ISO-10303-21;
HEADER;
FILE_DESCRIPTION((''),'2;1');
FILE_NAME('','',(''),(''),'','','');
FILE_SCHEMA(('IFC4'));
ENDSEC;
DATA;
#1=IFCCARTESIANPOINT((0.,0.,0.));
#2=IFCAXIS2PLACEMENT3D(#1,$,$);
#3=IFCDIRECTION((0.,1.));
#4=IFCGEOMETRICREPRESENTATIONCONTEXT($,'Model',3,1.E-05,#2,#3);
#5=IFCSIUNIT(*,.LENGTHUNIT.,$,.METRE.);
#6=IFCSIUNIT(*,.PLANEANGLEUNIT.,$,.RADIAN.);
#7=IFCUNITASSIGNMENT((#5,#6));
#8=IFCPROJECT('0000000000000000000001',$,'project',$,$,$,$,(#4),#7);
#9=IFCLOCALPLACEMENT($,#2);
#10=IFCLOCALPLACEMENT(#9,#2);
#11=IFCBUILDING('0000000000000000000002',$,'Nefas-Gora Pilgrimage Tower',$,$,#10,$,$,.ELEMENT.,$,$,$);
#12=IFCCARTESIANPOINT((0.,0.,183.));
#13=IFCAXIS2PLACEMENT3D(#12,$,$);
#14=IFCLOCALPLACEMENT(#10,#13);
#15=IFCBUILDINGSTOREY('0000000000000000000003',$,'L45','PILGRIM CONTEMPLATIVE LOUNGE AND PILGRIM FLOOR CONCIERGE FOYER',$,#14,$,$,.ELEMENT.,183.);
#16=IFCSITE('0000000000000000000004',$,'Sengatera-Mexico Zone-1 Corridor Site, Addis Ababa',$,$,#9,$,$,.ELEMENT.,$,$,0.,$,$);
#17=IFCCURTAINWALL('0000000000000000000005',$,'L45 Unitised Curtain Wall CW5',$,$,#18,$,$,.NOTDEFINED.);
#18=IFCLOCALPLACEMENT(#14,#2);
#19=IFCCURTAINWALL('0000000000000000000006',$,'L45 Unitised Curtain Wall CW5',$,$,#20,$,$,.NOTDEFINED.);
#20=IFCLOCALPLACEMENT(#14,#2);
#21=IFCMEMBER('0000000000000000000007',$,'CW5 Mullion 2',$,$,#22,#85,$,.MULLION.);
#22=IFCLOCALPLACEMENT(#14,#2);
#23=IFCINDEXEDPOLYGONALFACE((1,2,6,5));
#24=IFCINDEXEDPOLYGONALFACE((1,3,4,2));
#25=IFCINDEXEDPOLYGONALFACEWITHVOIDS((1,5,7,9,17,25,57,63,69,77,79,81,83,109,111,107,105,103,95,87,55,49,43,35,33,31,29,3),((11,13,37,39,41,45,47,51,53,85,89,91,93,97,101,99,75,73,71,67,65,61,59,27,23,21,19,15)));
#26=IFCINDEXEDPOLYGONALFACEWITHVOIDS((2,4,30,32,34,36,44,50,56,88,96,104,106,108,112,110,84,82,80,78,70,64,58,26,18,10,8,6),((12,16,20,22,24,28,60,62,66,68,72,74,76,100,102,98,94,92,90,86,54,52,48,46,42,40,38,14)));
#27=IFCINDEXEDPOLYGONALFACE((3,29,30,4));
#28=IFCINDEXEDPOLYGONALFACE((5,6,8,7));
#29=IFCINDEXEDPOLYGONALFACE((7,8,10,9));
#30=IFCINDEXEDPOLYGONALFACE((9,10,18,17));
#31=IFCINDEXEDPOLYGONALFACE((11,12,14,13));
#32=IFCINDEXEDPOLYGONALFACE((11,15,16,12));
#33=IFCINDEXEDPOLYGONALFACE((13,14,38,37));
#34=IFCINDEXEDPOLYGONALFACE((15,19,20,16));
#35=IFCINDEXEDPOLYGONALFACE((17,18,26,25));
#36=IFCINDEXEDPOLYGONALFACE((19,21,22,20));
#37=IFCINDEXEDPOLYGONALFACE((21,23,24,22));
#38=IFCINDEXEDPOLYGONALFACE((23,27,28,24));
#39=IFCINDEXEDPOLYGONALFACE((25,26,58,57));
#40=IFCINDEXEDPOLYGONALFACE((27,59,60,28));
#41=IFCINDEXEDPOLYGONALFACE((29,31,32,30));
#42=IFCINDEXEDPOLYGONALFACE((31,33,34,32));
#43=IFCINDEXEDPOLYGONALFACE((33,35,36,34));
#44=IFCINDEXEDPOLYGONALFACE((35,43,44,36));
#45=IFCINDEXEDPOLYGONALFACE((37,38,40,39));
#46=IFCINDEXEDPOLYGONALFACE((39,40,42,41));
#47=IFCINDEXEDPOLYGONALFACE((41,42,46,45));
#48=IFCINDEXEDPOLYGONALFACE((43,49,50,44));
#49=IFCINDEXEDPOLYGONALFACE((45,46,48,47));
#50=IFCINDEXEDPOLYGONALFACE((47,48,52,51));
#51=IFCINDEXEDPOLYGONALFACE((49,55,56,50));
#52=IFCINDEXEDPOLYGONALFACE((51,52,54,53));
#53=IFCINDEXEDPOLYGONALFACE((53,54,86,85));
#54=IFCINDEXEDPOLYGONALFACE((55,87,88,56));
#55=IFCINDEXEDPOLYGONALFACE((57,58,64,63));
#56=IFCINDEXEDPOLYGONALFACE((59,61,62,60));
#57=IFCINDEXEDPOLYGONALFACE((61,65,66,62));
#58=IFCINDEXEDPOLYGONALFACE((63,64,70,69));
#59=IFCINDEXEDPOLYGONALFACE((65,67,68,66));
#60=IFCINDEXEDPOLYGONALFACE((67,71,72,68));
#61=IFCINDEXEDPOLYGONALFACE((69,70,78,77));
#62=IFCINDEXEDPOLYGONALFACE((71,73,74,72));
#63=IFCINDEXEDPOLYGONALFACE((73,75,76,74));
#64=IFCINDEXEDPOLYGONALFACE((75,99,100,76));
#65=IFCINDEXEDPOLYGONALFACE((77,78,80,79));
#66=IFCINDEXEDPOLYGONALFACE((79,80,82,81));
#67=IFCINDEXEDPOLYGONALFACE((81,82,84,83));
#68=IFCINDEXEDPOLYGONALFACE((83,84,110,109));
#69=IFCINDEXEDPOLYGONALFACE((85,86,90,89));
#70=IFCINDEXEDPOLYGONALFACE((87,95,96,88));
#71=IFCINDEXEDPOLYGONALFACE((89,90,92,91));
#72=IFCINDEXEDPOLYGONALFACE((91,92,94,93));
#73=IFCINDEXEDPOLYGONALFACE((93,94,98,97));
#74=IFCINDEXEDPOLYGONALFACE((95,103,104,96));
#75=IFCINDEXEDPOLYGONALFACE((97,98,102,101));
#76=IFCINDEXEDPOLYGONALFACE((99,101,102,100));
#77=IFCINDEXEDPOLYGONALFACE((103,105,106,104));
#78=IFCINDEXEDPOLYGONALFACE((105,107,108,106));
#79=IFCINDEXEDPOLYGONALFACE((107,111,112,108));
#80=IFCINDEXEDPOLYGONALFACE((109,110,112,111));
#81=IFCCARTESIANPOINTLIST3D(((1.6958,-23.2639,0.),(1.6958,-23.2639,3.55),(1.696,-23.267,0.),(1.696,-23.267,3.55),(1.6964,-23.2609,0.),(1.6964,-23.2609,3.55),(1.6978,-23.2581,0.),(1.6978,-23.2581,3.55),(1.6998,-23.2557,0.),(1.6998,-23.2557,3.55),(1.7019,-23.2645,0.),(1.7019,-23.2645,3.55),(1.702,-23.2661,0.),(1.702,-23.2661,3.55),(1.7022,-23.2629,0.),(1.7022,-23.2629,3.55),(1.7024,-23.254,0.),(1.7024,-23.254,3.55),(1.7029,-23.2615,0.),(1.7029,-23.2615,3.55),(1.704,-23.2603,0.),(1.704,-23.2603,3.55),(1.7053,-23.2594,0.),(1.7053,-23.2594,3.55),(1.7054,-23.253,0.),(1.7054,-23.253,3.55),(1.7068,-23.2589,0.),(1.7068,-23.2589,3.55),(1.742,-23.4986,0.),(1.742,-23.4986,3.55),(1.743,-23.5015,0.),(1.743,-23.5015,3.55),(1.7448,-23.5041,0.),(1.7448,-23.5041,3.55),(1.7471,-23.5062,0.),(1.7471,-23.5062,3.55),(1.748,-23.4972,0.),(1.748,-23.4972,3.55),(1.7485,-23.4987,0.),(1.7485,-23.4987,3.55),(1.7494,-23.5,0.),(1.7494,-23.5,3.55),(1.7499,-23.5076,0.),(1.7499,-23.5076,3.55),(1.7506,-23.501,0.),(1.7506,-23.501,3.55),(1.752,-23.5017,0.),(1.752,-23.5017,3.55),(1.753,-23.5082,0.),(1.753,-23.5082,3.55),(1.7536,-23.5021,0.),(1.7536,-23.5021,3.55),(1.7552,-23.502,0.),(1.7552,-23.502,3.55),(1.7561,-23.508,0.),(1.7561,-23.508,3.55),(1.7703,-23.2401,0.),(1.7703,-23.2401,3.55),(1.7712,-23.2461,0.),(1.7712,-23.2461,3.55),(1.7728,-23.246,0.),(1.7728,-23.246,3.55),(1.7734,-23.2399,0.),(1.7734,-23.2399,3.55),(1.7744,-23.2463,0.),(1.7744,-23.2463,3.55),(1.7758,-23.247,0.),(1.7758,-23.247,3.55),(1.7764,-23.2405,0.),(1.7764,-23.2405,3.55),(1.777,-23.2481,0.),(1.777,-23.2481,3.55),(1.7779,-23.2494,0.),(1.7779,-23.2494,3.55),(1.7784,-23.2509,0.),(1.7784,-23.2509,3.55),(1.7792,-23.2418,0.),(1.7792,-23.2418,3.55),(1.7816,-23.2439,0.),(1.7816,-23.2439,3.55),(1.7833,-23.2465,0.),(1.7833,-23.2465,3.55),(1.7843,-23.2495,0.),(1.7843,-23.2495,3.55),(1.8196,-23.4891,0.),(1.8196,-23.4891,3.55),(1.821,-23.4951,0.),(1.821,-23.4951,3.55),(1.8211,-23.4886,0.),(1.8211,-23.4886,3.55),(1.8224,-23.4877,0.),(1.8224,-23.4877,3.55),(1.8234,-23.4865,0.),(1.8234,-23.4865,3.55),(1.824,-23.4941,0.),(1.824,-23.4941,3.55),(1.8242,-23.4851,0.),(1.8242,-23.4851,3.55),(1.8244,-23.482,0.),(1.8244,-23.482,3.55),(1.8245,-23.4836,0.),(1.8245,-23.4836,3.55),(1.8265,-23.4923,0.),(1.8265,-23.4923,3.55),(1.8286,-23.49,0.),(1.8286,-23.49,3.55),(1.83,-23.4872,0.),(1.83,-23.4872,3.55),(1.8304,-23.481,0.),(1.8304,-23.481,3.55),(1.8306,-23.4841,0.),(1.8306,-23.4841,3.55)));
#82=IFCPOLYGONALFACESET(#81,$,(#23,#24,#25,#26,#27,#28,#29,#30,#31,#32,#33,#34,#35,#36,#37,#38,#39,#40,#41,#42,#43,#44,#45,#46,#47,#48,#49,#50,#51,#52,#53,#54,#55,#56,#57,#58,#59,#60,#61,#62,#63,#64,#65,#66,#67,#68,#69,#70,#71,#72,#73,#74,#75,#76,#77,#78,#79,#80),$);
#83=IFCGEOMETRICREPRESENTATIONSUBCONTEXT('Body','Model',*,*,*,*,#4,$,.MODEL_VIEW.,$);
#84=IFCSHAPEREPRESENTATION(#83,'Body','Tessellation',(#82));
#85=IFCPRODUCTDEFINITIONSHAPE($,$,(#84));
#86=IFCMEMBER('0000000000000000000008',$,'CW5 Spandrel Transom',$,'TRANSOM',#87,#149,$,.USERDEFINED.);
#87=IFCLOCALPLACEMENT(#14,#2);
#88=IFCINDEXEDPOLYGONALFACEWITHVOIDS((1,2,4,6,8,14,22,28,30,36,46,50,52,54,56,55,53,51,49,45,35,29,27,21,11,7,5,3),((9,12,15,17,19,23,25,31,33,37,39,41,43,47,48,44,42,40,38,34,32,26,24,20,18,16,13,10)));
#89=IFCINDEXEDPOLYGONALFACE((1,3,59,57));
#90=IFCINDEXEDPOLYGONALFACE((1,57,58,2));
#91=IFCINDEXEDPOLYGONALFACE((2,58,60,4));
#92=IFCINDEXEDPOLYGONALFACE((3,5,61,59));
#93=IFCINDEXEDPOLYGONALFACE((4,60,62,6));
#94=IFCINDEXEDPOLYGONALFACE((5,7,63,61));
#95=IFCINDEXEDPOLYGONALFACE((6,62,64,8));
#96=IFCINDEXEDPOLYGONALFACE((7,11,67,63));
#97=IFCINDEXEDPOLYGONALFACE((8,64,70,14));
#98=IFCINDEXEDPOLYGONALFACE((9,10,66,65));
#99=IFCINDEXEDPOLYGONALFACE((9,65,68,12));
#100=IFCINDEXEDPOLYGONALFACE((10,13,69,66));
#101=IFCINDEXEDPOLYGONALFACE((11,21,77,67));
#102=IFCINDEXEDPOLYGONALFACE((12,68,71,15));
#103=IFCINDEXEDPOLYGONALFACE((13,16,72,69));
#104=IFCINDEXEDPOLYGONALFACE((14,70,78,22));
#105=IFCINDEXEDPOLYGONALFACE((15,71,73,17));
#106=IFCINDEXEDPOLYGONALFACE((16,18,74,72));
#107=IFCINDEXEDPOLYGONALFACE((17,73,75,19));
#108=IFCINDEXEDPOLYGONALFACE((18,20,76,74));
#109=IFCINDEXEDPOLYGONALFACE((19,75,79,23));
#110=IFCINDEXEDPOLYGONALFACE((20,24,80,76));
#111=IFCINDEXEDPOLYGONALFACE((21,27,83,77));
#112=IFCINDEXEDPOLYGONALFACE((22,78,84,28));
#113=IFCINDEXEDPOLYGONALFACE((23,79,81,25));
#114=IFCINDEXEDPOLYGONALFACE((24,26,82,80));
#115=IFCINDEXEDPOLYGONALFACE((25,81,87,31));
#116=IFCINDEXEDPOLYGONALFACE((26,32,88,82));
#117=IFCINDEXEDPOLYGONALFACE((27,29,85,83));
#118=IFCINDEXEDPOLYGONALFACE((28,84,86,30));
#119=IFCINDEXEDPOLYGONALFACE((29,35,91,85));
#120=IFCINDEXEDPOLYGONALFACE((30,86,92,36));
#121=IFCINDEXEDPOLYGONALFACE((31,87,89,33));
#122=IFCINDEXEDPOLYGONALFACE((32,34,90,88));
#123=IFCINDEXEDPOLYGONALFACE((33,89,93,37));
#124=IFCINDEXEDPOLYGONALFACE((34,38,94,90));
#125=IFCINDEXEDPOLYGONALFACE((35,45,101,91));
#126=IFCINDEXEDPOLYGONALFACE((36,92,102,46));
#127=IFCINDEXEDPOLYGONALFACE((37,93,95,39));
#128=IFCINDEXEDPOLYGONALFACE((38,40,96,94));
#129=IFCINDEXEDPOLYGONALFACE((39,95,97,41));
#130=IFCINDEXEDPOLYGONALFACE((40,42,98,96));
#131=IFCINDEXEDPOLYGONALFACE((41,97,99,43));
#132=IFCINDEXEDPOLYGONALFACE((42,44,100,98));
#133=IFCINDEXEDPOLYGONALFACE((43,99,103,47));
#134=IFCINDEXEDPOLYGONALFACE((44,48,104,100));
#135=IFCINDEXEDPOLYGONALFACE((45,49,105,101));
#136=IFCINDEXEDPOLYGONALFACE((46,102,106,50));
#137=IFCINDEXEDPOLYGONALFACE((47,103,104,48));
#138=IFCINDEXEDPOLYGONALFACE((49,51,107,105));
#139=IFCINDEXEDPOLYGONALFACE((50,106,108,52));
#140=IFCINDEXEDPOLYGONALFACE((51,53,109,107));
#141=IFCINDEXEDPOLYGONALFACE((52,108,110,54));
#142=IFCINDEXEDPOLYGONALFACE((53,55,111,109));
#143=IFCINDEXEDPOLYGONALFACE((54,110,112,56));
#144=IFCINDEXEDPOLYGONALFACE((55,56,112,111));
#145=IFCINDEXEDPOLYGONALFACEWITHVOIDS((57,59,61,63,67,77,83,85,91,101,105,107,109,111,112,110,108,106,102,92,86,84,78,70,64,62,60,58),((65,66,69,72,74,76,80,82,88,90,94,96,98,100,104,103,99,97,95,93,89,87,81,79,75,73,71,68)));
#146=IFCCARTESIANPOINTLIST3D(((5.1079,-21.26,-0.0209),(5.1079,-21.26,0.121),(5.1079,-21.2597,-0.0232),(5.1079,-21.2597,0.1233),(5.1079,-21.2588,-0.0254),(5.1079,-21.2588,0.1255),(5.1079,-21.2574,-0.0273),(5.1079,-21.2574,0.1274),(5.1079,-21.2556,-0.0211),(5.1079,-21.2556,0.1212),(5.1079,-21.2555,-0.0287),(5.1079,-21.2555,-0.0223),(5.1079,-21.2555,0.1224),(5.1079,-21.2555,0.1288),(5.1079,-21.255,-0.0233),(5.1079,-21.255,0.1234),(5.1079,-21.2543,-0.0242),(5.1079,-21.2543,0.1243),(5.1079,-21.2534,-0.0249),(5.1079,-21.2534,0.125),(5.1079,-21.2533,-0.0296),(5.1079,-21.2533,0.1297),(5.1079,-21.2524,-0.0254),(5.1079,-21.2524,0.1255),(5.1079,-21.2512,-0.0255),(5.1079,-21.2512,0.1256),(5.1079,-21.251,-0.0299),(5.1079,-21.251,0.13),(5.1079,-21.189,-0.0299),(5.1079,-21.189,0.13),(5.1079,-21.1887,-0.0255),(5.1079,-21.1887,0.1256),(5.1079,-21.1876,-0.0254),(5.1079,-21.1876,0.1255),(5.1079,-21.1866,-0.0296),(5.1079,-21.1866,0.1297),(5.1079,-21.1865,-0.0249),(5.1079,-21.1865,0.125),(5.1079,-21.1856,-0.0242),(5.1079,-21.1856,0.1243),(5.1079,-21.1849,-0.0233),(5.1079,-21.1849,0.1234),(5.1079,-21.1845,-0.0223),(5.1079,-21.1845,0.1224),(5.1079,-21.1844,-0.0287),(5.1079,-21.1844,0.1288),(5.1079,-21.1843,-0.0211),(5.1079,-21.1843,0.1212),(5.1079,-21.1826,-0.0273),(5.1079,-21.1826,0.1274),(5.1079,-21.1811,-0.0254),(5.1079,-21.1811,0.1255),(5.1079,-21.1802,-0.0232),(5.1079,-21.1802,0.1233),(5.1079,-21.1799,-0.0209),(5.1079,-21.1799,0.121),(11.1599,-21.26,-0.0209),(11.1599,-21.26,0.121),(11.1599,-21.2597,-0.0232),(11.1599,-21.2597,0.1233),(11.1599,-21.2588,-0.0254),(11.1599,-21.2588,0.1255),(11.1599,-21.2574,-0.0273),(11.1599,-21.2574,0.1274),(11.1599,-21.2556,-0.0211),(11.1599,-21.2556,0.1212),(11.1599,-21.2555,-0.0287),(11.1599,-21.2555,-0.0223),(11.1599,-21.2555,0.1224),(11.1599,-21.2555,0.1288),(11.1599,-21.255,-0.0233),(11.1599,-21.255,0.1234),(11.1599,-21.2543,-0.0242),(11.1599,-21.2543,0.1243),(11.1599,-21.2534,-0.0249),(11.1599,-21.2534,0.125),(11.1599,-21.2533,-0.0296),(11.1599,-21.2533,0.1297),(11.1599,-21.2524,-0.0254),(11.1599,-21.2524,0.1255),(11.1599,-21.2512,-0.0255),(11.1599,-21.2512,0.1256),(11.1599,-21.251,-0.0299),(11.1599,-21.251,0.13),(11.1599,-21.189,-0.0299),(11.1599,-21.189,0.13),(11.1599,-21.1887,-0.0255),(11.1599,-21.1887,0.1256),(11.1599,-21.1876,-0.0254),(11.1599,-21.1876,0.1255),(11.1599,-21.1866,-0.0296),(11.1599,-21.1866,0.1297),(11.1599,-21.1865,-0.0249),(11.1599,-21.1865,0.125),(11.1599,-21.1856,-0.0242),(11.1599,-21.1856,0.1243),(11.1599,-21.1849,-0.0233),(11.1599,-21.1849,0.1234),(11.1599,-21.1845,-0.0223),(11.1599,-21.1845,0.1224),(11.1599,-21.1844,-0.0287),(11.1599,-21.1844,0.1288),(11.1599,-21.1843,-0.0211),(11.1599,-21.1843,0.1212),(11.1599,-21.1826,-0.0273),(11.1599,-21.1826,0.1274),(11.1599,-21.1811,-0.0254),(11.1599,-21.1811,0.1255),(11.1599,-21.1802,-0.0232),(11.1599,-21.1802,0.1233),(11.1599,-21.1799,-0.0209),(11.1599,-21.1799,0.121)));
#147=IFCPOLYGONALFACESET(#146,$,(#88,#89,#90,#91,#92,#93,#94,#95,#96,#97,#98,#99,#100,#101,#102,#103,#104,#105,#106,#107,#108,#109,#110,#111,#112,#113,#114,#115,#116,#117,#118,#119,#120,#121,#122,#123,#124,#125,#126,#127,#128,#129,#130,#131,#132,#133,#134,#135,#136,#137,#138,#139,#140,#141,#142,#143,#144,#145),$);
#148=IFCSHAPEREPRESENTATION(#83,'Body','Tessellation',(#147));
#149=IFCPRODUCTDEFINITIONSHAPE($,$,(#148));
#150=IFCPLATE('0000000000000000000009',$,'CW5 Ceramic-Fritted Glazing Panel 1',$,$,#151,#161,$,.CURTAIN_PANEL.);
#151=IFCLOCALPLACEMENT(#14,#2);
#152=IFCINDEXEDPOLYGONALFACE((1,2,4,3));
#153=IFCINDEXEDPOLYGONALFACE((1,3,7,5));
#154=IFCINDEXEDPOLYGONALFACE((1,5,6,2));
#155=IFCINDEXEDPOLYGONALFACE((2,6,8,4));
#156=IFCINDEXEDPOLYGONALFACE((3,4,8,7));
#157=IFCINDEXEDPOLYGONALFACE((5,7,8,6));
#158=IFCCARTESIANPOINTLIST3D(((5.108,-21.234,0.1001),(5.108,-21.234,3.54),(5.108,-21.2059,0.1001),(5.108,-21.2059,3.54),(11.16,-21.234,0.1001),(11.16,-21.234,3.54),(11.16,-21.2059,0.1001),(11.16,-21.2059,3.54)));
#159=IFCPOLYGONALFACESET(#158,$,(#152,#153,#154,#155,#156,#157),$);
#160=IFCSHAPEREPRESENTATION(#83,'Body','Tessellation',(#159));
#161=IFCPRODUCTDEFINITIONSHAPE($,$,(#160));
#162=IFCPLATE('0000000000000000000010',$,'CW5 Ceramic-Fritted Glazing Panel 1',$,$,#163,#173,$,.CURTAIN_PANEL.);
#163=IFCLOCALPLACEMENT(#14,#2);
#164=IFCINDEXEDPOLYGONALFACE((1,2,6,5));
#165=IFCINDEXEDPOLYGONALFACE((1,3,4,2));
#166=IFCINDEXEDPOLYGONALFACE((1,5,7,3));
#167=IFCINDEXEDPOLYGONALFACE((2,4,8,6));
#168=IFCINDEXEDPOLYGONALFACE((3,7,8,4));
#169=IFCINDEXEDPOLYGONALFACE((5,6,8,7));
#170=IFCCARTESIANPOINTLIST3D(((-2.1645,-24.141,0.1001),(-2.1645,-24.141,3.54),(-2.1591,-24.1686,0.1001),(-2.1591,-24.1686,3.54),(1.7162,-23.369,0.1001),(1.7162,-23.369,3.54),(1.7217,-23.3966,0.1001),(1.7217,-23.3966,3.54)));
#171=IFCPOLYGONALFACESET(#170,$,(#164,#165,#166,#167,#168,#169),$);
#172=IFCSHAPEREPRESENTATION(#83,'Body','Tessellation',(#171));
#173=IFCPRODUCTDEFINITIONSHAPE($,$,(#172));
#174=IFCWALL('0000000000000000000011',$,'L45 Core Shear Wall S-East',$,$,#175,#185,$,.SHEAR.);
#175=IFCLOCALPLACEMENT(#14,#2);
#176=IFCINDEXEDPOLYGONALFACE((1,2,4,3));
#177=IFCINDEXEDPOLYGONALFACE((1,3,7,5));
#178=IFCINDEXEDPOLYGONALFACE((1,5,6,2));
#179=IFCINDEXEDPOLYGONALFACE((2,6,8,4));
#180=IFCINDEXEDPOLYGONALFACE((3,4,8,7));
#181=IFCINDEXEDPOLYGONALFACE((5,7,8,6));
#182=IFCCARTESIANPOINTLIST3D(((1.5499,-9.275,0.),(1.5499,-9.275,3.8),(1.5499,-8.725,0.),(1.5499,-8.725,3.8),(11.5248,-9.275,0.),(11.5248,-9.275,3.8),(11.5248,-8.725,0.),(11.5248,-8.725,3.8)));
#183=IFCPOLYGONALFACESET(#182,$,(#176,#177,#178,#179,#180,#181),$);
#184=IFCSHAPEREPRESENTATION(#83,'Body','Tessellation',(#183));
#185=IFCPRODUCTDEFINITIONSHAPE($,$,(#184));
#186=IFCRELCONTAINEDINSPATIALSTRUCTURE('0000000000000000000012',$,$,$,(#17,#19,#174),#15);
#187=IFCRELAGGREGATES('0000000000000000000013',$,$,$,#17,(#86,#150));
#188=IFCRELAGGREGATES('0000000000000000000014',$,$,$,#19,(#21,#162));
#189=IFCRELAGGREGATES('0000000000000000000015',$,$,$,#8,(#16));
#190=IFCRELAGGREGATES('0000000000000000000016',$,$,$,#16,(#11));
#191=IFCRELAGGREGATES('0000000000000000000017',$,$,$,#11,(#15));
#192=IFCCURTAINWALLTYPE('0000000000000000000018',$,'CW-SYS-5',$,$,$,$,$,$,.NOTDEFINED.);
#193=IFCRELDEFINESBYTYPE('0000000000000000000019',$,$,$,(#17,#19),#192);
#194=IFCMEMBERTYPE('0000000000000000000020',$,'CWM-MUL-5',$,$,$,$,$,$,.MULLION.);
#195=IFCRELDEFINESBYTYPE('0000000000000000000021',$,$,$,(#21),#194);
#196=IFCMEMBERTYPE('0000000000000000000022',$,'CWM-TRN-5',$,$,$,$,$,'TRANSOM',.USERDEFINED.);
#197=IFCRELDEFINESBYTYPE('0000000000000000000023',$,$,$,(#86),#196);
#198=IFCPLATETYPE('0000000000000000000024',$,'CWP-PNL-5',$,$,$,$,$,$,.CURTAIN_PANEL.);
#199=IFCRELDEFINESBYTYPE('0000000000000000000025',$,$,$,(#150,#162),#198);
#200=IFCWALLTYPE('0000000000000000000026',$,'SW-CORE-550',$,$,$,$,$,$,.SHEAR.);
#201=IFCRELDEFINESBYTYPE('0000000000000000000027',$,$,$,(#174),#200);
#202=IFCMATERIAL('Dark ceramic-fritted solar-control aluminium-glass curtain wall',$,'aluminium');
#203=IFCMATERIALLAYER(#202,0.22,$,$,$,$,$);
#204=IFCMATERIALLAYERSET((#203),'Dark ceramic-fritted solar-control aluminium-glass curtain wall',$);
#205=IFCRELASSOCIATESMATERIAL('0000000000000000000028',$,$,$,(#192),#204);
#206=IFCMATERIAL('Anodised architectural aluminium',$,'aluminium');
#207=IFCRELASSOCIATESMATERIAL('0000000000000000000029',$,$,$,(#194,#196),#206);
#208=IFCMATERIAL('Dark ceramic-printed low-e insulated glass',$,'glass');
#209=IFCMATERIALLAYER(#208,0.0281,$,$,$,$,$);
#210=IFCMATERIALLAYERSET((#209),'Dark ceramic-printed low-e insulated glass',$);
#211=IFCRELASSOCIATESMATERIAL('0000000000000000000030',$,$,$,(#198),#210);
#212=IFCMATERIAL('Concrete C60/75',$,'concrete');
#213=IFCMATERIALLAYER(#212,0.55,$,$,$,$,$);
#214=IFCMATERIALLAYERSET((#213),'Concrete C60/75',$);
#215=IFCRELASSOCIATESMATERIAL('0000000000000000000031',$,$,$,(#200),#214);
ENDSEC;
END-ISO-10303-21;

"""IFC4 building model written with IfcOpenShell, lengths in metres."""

from ifc_helpers import new_model, si_unit, direction, frame, frame_2d, origin, origin_2d, place, context, subcontext, project, spatial, rectangle, hollow_rectangle, extrude, source, transform, mapped, material, layer, layer_set, material_profile, profile_set, type_object, element, aggregate, save


model = new_model("IFC4")

# Units and contexts
model_context = context("Model", 3, precision=1e-05, world=origin(), true_north=direction((0.0, 1.0)))
body_context = subcontext(model_context, "Body", "Model", "MODEL_VIEW")
ifc_project = project(units=[si_unit("LENGTHUNIT", "METRE"), si_unit("PLANEANGLEUNIT", "RADIAN")], contexts=[model_context])

# Site, building, storey
site_placement = place(None, origin())
site = spatial("IfcSite", under=ifc_project, at=site_placement, Name="Sengatera-Mexico Zone-1 Corridor Site, Addis Ababa", CompositionType="ELEMENT", RefElevation=0.0)
building_placement = place(site_placement, origin())
building = spatial("IfcBuilding", under=site, at=building_placement, Name="Nefas-Gora Pilgrimage Tower", CompositionType="ELEMENT")
storey_placement = place(building_placement, frame((0.0, 0.0, 183.0)))
storey = spatial("IfcBuildingStorey", under=building, at=storey_placement, Name="L45", Description="PILGRIM CONTEMPLATIVE LOUNGE AND PILGRIM FLOOR CONCIERGE FOYER", CompositionType="ELEMENT", Elevation=183.0)

# Shared definitions
ifc_material_1 = material(Name="Concrete C60/75", Category="concrete")

# Curtain wall
ifc_material_2 = material(Name="Dark ceramic-fritted solar-control aluminium-glass curtain wall", Category="aluminium")
ifc_layer_1 = layer(ifc_material_2, 0.22)
ifc_layer_set_1 = layer_set([ifc_layer_1], Name="Dark ceramic-fritted solar-control aluminium-glass curtain wall")
curtain_wall_type = type_object("IfcCurtainWallType", Name="CW-SYS-5", PredefinedType="NOTDEFINED", material=ifc_layer_set_1)
curtain_wall_1_placement = place(storey_placement, origin())
curtain_wall_1 = element("IfcCurtainWall", 1, at=curtain_wall_1_placement, inside=storey, type_object=curtain_wall_type, Name="L45 Unitised Curtain Wall CW5", PredefinedType="NOTDEFINED")
ifc_material_3 = material(Name="Anodised architectural aluminium", Category="aluminium")
ifc_material_profile_1 = material_profile(ifc_material_3, hollow_rectangle(XDim=0.0901, YDim=0.26, WallThickness=0.0061, InnerFilletRadius=0.0061, OuterFilletRadius=0.012, at=origin_2d()), Name="ALU MULLION 90x260")
ifc_profile_set_1 = profile_set([ifc_material_profile_1], Name="Anodised architectural aluminium")
member_type_1 = type_object("IfcMemberType", Name="CWM-MUL-5", PredefinedType="MULLION", material=ifc_profile_set_1)
shared_shape_1 = source(origin(), body_context, "Body", "SweptSolid", [
    extrude(hollow_rectangle(XDim=0.0901, YDim=0.26, WallThickness=0.0061, InnerFilletRadius=0.0061, OuterFilletRadius=0.012, at=origin_2d()), origin(), (0.0, 0.0, 1.0), 3.55),
])

# Curtain wall, member
curtain_wall_2_placement = place(storey_placement, origin())
curtain_wall_2 = element("IfcCurtainWall", 2, at=curtain_wall_2_placement, inside=storey, type_object=curtain_wall_type, Name="L45 Unitised Curtain Wall CW5", PredefinedType="NOTDEFINED")
member_1_placement = place(storey_placement, frame((1.7632, -23.374, 0.0), z_axis=(0.0, 0.0, 1.0), x_axis=(0.980783, 0.195102, 0.0)))
member_1 = element("IfcMember", 3, at=member_1_placement, type_object=member_type_1, Name="CW5 Mullion 2", PredefinedType="MULLION", context=body_context, shape_type="MappedRepresentation", body=[
    mapped(shared_shape_1, transform((0.0, 0.0, 0.0), x_axis=(1.0, 0.0, 0.0), y_axis=(0.0, 1.0, 0.0), z_axis=(0.0, 0.0, 1.0), scale=1.0)),
])

# Member
ifc_material_profile_2 = material_profile(ifc_material_3, hollow_rectangle(XDim=0.0801, YDim=0.1599, WallThickness=0.0044, InnerFilletRadius=0.0044, OuterFilletRadius=0.009, at=origin_2d()), Name="ALU TRANSOM 80x160")
ifc_profile_set_2 = profile_set([ifc_material_profile_2], Name="Anodised architectural aluminium")
member_type_2 = type_object("IfcMemberType", Name="CWM-TRN-5", ElementType="TRANSOM", PredefinedType="USERDEFINED", material=ifc_profile_set_2)
shared_shape_2 = source(origin(), body_context, "Body", "SweptSolid", [
    extrude(hollow_rectangle(XDim=0.0801, YDim=0.1599, WallThickness=0.0044, InnerFilletRadius=0.0044, OuterFilletRadius=0.009, at=origin_2d()), origin(), (0.0, 0.0, 1.0), 6.052),
])
member_2_placement = place(storey_placement, frame((5.1079, -21.22, 0.05), z_axis=(1.0, 0.0, 0.0), x_axis=(0.0, 1.0, 0.0)))
member_2 = element("IfcMember", 4, at=member_2_placement, type_object=member_type_2, Name="CW5 Spandrel Transom", ObjectType="TRANSOM", PredefinedType="USERDEFINED", context=body_context, shape_type="MappedRepresentation", body=[
    mapped(shared_shape_2, transform((0.0, 0.0, 0.0), x_axis=(1.0, 0.0, 0.0), y_axis=(0.0, 1.0, 0.0), z_axis=(0.0, 0.0, 1.0), scale=1.0)),
])

# Plates
ifc_material_4 = material(Name="Dark ceramic-printed low-e insulated glass", Category="glass")
ifc_layer_2 = layer(ifc_material_4, 0.0281)
ifc_layer_set_2 = layer_set([ifc_layer_2], Name="Dark ceramic-printed low-e insulated glass")
plate_type = type_object("IfcPlateType", Name="CWP-PNL-5", PredefinedType="CURTAIN_PANEL", material=ifc_layer_set_2)
shared_shape_3 = source(origin(), body_context, "Body", "SweptSolid", [
    extrude(rectangle(XDim=6.052, YDim=0.0281, at=origin_2d()), origin(), (0.0, 0.0, 1.0), 3.4399),
])
plate_1_placement = place(storey_placement, frame((8.134, -21.22, 0.1001), z_axis=(0.0, 0.0, 1.0), x_axis=(1.0, 0.0, 0.0)))
plate_1 = element("IfcPlate", 5, at=plate_1_placement, type_object=plate_type, Name="CW5 Ceramic-Fritted Glazing Panel 1", PredefinedType="CURTAIN_PANEL", context=body_context, shape_type="MappedRepresentation", body=[
    mapped(shared_shape_3, transform((0.0, 0.0, 0.0), x_axis=(1.0, 0.0, 0.0), y_axis=(0.0, 1.0, 0.0), z_axis=(0.0, 0.0, 1.0), scale=1.0)),
])
aggregate(curtain_wall_1, [member_2, plate_1])
shared_shape_4 = source(origin(), body_context, "Body", "SweptSolid", [
    extrude(rectangle(XDim=3.9568, YDim=0.0281, at=origin_2d()), origin(), (0.0, 0.0, 1.0), 3.4399),
])
plate_2_placement = place(storey_placement, frame((-0.2214, -23.7688, 0.1001), z_axis=(0.0, 0.0, 1.0), x_axis=(0.980783, 0.195102, 0.0)))
plate_2 = element("IfcPlate", 6, at=plate_2_placement, type_object=plate_type, Name="CW5 Ceramic-Fritted Glazing Panel 1", PredefinedType="CURTAIN_PANEL", context=body_context, shape_type="MappedRepresentation", body=[
    mapped(shared_shape_4, transform((0.0, 0.0, 0.0), x_axis=(1.0, 0.0, 0.0), y_axis=(0.0, 1.0, 0.0), z_axis=(0.0, 0.0, 1.0), scale=1.0)),
])
aggregate(curtain_wall_2, [member_1, plate_2])

# Wall
ifc_layer_3 = layer(ifc_material_1, 0.55)
ifc_layer_set_3 = layer_set([ifc_layer_3], Name="Concrete C60/75")
wall_type_1 = type_object("IfcWallType", Name="SW-CORE-550", PredefinedType="SHEAR", material=ifc_layer_set_3)
shared_shape_5 = source(origin(), body_context, "Body", "SweptSolid", [
    extrude(rectangle(XDim=9.9749, YDim=0.55, at=frame_2d((4.9873, 0.0))), origin(), (0.0, 0.0, 1.0), 3.8),
])
wall_1_placement = place(storey_placement, frame((1.55, -9.0, 0.0), z_axis=(0.0, 0.0, 1.0), x_axis=(1.0, 0.0, 0.0)))
element("IfcWall", 7, at=wall_1_placement, inside=storey, type_object=wall_type_1, Name="L45 Core Shear Wall S-East", PredefinedType="SHEAR", context=body_context, shape_type="MappedRepresentation", body=[
    mapped(shared_shape_5, transform((0.0, 0.0, 0.0), x_axis=(1.0, 0.0, 0.0), y_axis=(0.0, 1.0, 0.0), z_axis=(0.0, 0.0, 1.0), scale=1.0)),
])

save(model, "model.ifc")
